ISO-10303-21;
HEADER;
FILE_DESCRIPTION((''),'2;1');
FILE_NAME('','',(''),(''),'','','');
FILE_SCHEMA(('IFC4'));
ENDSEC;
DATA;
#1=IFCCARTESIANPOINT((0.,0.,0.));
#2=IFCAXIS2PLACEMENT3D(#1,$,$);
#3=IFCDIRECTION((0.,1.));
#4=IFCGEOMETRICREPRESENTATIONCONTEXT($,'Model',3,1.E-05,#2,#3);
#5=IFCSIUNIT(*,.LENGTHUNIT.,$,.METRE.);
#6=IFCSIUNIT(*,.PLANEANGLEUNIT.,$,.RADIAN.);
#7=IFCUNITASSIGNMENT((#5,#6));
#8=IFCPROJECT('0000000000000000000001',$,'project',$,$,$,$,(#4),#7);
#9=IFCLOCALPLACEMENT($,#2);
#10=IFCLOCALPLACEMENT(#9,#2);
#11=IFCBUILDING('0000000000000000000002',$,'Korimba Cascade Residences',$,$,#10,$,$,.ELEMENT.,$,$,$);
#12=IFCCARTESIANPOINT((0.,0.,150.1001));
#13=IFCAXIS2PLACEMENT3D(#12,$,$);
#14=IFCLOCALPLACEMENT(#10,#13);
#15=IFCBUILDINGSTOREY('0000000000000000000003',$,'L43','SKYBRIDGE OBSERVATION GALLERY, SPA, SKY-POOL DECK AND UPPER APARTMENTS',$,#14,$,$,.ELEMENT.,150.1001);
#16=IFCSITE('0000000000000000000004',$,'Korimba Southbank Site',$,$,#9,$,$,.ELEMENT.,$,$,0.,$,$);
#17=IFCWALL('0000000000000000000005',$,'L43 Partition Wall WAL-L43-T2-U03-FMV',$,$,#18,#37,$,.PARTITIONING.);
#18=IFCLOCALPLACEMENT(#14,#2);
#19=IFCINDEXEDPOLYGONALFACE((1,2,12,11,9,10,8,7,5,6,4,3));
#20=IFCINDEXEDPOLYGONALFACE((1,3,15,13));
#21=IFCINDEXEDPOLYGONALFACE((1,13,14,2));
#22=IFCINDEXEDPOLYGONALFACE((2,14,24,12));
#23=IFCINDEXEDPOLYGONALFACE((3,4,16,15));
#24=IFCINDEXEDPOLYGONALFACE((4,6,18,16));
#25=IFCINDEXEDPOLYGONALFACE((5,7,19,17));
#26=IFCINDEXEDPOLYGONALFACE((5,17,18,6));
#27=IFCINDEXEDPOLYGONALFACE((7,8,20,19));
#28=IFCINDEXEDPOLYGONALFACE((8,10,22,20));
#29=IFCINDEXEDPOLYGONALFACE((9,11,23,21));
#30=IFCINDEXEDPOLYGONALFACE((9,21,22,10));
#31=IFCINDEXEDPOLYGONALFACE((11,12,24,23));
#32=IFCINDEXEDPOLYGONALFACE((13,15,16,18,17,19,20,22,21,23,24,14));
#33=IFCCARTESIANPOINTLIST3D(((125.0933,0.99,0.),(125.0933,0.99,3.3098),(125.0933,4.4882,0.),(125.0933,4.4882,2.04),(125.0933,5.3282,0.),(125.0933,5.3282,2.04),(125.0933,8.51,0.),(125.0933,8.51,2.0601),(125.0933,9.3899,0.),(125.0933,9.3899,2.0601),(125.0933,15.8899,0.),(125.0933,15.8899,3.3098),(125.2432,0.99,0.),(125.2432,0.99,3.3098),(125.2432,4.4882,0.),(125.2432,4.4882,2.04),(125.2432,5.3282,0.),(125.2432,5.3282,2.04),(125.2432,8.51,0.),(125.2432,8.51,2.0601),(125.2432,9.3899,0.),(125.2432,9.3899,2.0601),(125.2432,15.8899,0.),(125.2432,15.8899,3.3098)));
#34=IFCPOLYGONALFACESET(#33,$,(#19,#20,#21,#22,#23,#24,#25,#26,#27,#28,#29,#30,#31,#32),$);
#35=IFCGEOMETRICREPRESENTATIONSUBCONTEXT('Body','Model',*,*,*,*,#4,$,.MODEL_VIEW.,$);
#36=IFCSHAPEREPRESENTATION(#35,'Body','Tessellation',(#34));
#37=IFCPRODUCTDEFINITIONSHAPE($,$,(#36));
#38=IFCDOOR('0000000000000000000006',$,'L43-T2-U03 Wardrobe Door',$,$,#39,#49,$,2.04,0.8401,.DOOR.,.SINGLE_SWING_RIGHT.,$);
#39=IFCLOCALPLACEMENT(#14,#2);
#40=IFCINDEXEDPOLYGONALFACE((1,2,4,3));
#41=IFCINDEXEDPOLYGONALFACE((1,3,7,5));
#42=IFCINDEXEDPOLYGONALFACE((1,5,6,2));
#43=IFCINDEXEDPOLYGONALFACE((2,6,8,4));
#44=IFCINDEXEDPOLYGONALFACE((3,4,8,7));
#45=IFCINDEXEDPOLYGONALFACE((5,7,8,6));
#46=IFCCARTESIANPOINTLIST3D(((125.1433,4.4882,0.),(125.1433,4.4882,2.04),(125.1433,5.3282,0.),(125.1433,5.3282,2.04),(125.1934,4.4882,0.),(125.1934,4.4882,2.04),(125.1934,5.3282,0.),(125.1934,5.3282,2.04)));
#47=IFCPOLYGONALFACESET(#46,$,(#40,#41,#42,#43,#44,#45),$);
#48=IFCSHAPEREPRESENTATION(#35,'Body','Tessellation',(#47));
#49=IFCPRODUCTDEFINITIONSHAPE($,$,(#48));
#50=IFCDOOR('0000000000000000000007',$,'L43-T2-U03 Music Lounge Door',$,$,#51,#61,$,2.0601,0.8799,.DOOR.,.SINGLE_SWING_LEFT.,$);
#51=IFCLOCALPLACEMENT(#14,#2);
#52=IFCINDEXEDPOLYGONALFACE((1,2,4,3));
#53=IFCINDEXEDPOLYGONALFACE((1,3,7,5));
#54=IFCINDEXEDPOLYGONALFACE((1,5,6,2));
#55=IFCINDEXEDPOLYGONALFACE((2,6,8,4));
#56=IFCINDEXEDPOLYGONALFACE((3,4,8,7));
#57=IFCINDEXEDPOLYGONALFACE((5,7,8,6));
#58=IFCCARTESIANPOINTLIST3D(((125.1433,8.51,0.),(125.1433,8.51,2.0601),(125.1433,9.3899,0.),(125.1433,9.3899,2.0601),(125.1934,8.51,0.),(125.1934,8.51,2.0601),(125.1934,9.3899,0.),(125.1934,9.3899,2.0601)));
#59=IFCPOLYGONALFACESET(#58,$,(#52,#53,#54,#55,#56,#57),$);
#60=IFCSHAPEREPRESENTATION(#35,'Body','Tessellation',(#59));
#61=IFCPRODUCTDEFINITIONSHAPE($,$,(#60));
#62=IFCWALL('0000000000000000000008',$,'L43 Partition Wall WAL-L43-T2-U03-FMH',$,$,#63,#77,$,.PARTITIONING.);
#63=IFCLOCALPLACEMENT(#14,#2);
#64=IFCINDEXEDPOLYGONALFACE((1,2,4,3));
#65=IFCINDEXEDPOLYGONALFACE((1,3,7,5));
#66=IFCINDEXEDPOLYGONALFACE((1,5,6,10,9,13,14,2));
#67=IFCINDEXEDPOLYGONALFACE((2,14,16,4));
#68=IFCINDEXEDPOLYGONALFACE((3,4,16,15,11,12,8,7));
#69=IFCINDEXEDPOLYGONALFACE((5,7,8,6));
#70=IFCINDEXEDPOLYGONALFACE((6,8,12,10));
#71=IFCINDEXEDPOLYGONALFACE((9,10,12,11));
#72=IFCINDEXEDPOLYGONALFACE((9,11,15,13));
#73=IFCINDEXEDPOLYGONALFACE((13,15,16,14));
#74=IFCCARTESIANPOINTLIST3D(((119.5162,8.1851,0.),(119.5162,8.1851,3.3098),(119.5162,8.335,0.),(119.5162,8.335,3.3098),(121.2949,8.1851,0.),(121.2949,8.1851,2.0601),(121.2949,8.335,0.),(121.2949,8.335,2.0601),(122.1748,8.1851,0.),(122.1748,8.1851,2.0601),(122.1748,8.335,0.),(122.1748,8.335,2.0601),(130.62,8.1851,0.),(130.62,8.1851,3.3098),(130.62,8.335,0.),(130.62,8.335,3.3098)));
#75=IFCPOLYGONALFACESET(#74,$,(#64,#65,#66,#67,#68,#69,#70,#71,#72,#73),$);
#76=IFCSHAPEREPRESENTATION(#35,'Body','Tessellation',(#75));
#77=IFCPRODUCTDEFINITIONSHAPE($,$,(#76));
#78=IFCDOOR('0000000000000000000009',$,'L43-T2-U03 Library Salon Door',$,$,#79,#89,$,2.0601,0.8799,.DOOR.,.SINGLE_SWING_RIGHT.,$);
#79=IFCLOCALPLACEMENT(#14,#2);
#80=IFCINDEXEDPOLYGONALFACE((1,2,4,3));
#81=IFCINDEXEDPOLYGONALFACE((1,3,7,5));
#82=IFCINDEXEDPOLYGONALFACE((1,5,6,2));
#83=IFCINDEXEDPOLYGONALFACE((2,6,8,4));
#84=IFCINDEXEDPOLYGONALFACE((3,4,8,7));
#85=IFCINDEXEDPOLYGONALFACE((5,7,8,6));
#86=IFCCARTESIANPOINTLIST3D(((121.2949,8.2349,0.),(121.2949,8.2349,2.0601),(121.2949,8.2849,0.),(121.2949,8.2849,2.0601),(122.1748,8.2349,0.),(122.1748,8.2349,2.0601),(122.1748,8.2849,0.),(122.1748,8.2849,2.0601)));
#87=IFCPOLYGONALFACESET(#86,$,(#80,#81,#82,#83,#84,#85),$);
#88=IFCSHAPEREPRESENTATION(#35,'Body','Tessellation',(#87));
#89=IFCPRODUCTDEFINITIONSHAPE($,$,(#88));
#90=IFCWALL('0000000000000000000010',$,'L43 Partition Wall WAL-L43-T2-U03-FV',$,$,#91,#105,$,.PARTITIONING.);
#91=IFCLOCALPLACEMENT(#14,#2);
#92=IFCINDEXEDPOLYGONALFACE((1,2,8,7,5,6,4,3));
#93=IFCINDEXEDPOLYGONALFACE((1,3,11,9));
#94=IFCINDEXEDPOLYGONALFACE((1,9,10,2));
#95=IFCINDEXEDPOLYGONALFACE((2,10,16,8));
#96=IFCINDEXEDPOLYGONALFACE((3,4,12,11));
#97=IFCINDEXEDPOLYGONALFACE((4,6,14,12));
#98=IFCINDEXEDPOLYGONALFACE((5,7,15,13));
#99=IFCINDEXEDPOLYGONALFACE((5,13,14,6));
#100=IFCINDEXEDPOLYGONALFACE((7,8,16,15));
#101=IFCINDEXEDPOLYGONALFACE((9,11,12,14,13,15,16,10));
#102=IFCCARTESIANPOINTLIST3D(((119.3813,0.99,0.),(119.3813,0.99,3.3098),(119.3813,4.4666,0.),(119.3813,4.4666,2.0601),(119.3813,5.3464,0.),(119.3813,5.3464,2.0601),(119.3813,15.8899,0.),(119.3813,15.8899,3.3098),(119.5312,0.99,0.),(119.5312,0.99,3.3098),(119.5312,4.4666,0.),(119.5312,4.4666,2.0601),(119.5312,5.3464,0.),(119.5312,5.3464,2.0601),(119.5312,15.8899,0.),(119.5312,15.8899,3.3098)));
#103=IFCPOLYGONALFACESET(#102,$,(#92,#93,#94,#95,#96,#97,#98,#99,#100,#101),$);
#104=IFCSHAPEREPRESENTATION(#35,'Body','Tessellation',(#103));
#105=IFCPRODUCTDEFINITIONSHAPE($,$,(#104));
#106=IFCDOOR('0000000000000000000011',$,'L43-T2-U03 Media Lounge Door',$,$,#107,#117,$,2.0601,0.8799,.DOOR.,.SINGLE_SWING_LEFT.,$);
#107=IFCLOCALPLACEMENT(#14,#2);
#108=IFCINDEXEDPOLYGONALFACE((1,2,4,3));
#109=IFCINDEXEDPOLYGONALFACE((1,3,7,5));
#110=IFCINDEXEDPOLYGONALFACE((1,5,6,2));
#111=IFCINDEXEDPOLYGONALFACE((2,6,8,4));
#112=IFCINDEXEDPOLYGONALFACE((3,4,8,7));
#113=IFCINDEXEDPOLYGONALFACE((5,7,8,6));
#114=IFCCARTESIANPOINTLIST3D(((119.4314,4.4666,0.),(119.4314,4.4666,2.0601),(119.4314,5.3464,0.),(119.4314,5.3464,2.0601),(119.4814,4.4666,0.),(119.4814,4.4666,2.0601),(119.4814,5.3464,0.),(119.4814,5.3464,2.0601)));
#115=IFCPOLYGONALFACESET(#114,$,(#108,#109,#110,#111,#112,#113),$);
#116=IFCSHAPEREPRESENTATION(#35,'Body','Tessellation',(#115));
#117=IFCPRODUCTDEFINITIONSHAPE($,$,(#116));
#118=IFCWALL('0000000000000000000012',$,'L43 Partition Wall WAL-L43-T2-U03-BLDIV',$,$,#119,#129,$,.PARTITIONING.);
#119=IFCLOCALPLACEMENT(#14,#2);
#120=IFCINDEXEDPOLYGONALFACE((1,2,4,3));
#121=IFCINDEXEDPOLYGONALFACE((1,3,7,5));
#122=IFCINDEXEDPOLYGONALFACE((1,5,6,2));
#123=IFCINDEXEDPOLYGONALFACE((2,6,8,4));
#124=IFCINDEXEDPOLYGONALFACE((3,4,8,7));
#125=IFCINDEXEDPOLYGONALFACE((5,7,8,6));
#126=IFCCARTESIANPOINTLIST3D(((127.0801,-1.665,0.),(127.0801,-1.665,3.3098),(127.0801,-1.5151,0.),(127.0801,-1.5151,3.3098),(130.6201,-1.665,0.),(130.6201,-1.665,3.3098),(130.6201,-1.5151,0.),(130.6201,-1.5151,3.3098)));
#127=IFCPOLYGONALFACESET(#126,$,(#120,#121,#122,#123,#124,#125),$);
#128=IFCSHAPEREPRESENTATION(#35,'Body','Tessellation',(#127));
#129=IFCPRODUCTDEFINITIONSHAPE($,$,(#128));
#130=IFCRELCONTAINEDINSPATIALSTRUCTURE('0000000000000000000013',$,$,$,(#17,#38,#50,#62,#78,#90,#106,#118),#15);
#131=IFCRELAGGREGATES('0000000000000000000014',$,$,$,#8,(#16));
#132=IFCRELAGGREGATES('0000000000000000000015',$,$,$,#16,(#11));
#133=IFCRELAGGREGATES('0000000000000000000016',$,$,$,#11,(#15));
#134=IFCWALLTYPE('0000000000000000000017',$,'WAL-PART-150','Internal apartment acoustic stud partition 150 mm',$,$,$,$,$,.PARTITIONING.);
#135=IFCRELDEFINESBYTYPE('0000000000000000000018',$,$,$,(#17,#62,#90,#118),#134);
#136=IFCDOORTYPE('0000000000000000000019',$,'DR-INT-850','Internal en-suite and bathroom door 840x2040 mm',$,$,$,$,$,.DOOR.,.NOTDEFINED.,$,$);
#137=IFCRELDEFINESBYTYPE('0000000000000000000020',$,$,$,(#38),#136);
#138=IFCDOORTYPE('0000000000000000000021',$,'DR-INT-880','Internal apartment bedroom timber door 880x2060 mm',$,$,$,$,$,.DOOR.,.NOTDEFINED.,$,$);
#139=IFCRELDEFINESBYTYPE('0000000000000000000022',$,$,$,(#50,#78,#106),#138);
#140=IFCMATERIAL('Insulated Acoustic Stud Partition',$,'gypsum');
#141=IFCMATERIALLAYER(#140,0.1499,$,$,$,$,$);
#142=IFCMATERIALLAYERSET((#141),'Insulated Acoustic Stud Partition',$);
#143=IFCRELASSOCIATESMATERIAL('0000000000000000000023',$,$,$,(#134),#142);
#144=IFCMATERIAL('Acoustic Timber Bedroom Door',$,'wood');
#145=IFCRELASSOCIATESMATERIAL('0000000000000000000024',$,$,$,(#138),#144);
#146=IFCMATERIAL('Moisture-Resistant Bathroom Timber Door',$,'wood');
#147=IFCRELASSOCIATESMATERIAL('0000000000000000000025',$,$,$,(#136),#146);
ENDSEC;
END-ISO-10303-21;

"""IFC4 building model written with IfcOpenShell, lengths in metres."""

from ifc_helpers import new_model, si_unit, direction, frame, frame_2d, origin, place, context, subcontext, project, spatial, rectangle, extrude, material, layer, layer_set, type_object, element, fill, save


model = new_model("IFC4")

# Units and contexts
model_context = context("Model", 3, precision=1e-05, world=origin(), true_north=direction((0.0, 1.0)))
body_context = subcontext(model_context, "Body", "Model", "MODEL_VIEW")
ifc_project = project(units=[si_unit("LENGTHUNIT", "METRE"), si_unit("PLANEANGLEUNIT", "RADIAN")], contexts=[model_context])

# Site, building, storey
site_placement = place(None, origin())
site = spatial("IfcSite", under=ifc_project, at=site_placement, Name="Korimba Southbank Site", CompositionType="ELEMENT", RefElevation=0.0)
building_placement = place(site_placement, origin())
building = spatial("IfcBuilding", under=site, at=building_placement, Name="Korimba Cascade Residences", CompositionType="ELEMENT")
storey_placement = place(building_placement, frame((0.0, 0.0, 150.1001)))
storey = spatial("IfcBuildingStorey", under=building, at=storey_placement, Name="L43", Description="SKYBRIDGE OBSERVATION GALLERY, SPA, SKY-POOL DECK AND UPPER APARTMENTS", CompositionType="ELEMENT", Elevation=150.1001)

# Shared definitions
ifc_material_1 = material(Name="Insulated Acoustic Stud Partition", Category="gypsum")
ifc_layer_1 = layer(ifc_material_1, 0.1499)
ifc_layer_set_1 = layer_set([ifc_layer_1], Name="Insulated Acoustic Stud Partition")
wall_type_1 = type_object("IfcWallType", Name="WAL-PART-150", Description="Internal apartment acoustic stud partition 150 mm", PredefinedType="PARTITIONING", material=ifc_layer_set_1)
ifc_material_2 = material(Name="Acoustic Timber Bedroom Door", Category="wood")
door_type_1 = type_object("IfcDoorType", Name="DR-INT-880", Description="Internal apartment bedroom timber door 880x2060 mm", OperationType="NOTDEFINED", PredefinedType="DOOR", material=ifc_material_2)

# Wall, openings, doors
wall_1_placement = place(storey_placement, frame((125.1682, 0.99, 0.0), z_axis=(0.0, 0.0, 1.0), x_axis=(0.0, 1.0, 0.0)))
wall_1 = element("IfcWall", 1, at=wall_1_placement, inside=storey, type_object=wall_type_1, Name="L43 Partition Wall WAL-L43-T2-U03-FMV", PredefinedType="PARTITIONING", context=body_context, shape_type="SweptSolid", body=[
    extrude(rectangle(XDim=14.8999, YDim=0.1499, at=frame_2d((7.45, 0.0))), origin(), (0.0, 0.0, 1.0), 3.3098),
])
opening_1_placement = place(wall_1_placement, frame((3.4983, 0.0, 0.0)))
opening_1 = element("IfcOpeningElement", 2, at=opening_1_placement, cuts=wall_1, PredefinedType="OPENING", context=body_context, shape_type="SweptSolid", body=[
    extrude(rectangle(XDim=0.8401, YDim=2.04, at=frame_2d((0.4199, 1.02))), frame((0.0, 0.085, 0.0), z_axis=(0.0, -1.0, 0.0), x_axis=(1.0, 0.0, 0.0)), (0.0, 0.0, 1.0), 0.1699),
])
opening_2_placement = place(wall_1_placement, frame((7.52, 0.0, 0.0)))
opening_2 = element("IfcOpeningElement", 3, at=opening_2_placement, cuts=wall_1, PredefinedType="OPENING", context=body_context, shape_type="SweptSolid", body=[
    extrude(rectangle(XDim=0.8799, YDim=2.0601, at=frame_2d((0.4399, 1.03))), frame((0.0, 0.085, 0.0), z_axis=(0.0, -1.0, 0.0), x_axis=(1.0, 0.0, 0.0)), (0.0, 0.0, 1.0), 0.1699),
])
ifc_material_3 = material(Name="Moisture-Resistant Bathroom Timber Door", Category="wood")
door_type_2 = type_object("IfcDoorType", Name="DR-INT-850", Description="Internal en-suite and bathroom door 840x2040 mm", OperationType="NOTDEFINED", PredefinedType="DOOR", material=ifc_material_3)
door_1_placement = place(opening_1_placement, origin())
door_1 = element("IfcDoor", 4, at=door_1_placement, inside=storey, type_object=door_type_2, Name="L43-T2-U03 Wardrobe Door", OperationType="SINGLE_SWING_RIGHT", OverallHeight=2.04, OverallWidth=0.8401, PredefinedType="DOOR", context=body_context, shape_type="SweptSolid", body=[
    extrude(rectangle(XDim=0.8401, YDim=2.04, at=frame_2d((0.4199, 1.02))), frame((0.0, 0.0249, 0.0), z_axis=(0.0, -1.0, 0.0), x_axis=(1.0, 0.0, 0.0)), (0.0, 0.0, 1.0), 0.05),
])
fill(opening_1, door_1)
door_2_placement = place(opening_2_placement, origin())
door_2 = element("IfcDoor", 5, at=door_2_placement, inside=storey, type_object=door_type_1, Name="L43-T2-U03 Music Lounge Door", OperationType="SINGLE_SWING_LEFT", OverallHeight=2.0601, OverallWidth=0.8799, PredefinedType="DOOR", context=body_context, shape_type="SweptSolid", body=[
    extrude(rectangle(XDim=0.8799, YDim=2.0601, at=frame_2d((0.4399, 1.03))), frame((0.0, 0.0249, 0.0), z_axis=(0.0, -1.0, 0.0), x_axis=(1.0, 0.0, 0.0)), (0.0, 0.0, 1.0), 0.05),
])
fill(opening_2, door_2)

# Walls, openings, doors
wall_2_placement = place(storey_placement, frame((119.5164, 8.26, 0.0), z_axis=(0.0, 0.0, 1.0), x_axis=(1.0, 0.0, 0.0)))
wall_2 = element("IfcWall", 6, at=wall_2_placement, inside=storey, type_object=wall_type_1, Name="L43 Partition Wall WAL-L43-T2-U03-FMH", PredefinedType="PARTITIONING", context=body_context, shape_type="SweptSolid", body=[
    extrude(rectangle(XDim=11.1038, YDim=0.1499, at=frame_2d((5.5518, 0.0))), origin(), (0.0, 0.0, 1.0), 3.3098),
])
opening_3_placement = place(wall_2_placement, frame((1.7786, 0.0, 0.0)))
opening_3 = element("IfcOpeningElement", 7, at=opening_3_placement, cuts=wall_2, PredefinedType="OPENING", context=body_context, shape_type="SweptSolid", body=[
    extrude(rectangle(XDim=0.8799, YDim=2.0601, at=frame_2d((0.4399, 1.03))), frame((0.0, 0.085, 0.0), z_axis=(0.0, -1.0, 0.0), x_axis=(1.0, 0.0, 0.0)), (0.0, 0.0, 1.0), 0.1699),
])
door_3_placement = place(opening_3_placement, origin())
door_3 = element("IfcDoor", 8, at=door_3_placement, inside=storey, type_object=door_type_1, Name="L43-T2-U03 Library Salon Door", OperationType="SINGLE_SWING_RIGHT", OverallHeight=2.0601, OverallWidth=0.8799, PredefinedType="DOOR", context=body_context, shape_type="SweptSolid", body=[
    extrude(rectangle(XDim=0.8799, YDim=2.0601, at=frame_2d((0.4399, 1.03))), frame((0.0, 0.0249, 0.0), z_axis=(0.0, -1.0, 0.0), x_axis=(1.0, 0.0, 0.0)), (0.0, 0.0, 1.0), 0.05),
])
fill(opening_3, door_3)
wall_3_placement = place(storey_placement, frame((119.4563, 0.99, 0.0), z_axis=(0.0, 0.0, 1.0), x_axis=(0.0, 1.0, 0.0)))
wall_3 = element("IfcWall", 9, at=wall_3_placement, inside=storey, type_object=wall_type_1, Name="L43 Partition Wall WAL-L43-T2-U03-FV", PredefinedType="PARTITIONING", context=body_context, shape_type="SweptSolid", body=[
    extrude(rectangle(XDim=14.8999, YDim=0.1499, at=frame_2d((7.45, 0.0))), origin(), (0.0, 0.0, 1.0), 3.3098),
])
opening_4_placement = place(wall_3_placement, frame((3.4766, 0.0, 0.0)))
opening_4 = element("IfcOpeningElement", 10, at=opening_4_placement, cuts=wall_3, PredefinedType="OPENING", context=body_context, shape_type="SweptSolid", body=[
    extrude(rectangle(XDim=0.8799, YDim=2.0601, at=frame_2d((0.4399, 1.03))), frame((0.0, 0.085, 0.0), z_axis=(0.0, -1.0, 0.0), x_axis=(1.0, 0.0, 0.0)), (0.0, 0.0, 1.0), 0.1699),
])
door_4_placement = place(opening_4_placement, origin())
door_4 = element("IfcDoor", 11, at=door_4_placement, inside=storey, type_object=door_type_1, Name="L43-T2-U03 Media Lounge Door", OperationType="SINGLE_SWING_LEFT", OverallHeight=2.0601, OverallWidth=0.8799, PredefinedType="DOOR", context=body_context, shape_type="SweptSolid", body=[
    extrude(rectangle(XDim=0.8799, YDim=2.0601, at=frame_2d((0.4399, 1.03))), frame((0.0, 0.0249, 0.0), z_axis=(0.0, -1.0, 0.0), x_axis=(1.0, 0.0, 0.0)), (0.0, 0.0, 1.0), 0.05),
])
fill(opening_4, door_4)

# Wall
wall_4_placement = place(storey_placement, frame((127.0801, -1.5901, 0.0), z_axis=(0.0, 0.0, 1.0), x_axis=(1.0, 0.0, 0.0)))
element("IfcWall", 12, at=wall_4_placement, inside=storey, type_object=wall_type_1, Name="L43 Partition Wall WAL-L43-T2-U03-BLDIV", PredefinedType="PARTITIONING", context=body_context, shape_type="SweptSolid", body=[
    extrude(rectangle(XDim=3.54, YDim=0.1499, at=frame_2d((1.77, 0.0))), origin(), (0.0, 0.0, 1.0), 3.3098),
])

save(model, "model.ifc")
